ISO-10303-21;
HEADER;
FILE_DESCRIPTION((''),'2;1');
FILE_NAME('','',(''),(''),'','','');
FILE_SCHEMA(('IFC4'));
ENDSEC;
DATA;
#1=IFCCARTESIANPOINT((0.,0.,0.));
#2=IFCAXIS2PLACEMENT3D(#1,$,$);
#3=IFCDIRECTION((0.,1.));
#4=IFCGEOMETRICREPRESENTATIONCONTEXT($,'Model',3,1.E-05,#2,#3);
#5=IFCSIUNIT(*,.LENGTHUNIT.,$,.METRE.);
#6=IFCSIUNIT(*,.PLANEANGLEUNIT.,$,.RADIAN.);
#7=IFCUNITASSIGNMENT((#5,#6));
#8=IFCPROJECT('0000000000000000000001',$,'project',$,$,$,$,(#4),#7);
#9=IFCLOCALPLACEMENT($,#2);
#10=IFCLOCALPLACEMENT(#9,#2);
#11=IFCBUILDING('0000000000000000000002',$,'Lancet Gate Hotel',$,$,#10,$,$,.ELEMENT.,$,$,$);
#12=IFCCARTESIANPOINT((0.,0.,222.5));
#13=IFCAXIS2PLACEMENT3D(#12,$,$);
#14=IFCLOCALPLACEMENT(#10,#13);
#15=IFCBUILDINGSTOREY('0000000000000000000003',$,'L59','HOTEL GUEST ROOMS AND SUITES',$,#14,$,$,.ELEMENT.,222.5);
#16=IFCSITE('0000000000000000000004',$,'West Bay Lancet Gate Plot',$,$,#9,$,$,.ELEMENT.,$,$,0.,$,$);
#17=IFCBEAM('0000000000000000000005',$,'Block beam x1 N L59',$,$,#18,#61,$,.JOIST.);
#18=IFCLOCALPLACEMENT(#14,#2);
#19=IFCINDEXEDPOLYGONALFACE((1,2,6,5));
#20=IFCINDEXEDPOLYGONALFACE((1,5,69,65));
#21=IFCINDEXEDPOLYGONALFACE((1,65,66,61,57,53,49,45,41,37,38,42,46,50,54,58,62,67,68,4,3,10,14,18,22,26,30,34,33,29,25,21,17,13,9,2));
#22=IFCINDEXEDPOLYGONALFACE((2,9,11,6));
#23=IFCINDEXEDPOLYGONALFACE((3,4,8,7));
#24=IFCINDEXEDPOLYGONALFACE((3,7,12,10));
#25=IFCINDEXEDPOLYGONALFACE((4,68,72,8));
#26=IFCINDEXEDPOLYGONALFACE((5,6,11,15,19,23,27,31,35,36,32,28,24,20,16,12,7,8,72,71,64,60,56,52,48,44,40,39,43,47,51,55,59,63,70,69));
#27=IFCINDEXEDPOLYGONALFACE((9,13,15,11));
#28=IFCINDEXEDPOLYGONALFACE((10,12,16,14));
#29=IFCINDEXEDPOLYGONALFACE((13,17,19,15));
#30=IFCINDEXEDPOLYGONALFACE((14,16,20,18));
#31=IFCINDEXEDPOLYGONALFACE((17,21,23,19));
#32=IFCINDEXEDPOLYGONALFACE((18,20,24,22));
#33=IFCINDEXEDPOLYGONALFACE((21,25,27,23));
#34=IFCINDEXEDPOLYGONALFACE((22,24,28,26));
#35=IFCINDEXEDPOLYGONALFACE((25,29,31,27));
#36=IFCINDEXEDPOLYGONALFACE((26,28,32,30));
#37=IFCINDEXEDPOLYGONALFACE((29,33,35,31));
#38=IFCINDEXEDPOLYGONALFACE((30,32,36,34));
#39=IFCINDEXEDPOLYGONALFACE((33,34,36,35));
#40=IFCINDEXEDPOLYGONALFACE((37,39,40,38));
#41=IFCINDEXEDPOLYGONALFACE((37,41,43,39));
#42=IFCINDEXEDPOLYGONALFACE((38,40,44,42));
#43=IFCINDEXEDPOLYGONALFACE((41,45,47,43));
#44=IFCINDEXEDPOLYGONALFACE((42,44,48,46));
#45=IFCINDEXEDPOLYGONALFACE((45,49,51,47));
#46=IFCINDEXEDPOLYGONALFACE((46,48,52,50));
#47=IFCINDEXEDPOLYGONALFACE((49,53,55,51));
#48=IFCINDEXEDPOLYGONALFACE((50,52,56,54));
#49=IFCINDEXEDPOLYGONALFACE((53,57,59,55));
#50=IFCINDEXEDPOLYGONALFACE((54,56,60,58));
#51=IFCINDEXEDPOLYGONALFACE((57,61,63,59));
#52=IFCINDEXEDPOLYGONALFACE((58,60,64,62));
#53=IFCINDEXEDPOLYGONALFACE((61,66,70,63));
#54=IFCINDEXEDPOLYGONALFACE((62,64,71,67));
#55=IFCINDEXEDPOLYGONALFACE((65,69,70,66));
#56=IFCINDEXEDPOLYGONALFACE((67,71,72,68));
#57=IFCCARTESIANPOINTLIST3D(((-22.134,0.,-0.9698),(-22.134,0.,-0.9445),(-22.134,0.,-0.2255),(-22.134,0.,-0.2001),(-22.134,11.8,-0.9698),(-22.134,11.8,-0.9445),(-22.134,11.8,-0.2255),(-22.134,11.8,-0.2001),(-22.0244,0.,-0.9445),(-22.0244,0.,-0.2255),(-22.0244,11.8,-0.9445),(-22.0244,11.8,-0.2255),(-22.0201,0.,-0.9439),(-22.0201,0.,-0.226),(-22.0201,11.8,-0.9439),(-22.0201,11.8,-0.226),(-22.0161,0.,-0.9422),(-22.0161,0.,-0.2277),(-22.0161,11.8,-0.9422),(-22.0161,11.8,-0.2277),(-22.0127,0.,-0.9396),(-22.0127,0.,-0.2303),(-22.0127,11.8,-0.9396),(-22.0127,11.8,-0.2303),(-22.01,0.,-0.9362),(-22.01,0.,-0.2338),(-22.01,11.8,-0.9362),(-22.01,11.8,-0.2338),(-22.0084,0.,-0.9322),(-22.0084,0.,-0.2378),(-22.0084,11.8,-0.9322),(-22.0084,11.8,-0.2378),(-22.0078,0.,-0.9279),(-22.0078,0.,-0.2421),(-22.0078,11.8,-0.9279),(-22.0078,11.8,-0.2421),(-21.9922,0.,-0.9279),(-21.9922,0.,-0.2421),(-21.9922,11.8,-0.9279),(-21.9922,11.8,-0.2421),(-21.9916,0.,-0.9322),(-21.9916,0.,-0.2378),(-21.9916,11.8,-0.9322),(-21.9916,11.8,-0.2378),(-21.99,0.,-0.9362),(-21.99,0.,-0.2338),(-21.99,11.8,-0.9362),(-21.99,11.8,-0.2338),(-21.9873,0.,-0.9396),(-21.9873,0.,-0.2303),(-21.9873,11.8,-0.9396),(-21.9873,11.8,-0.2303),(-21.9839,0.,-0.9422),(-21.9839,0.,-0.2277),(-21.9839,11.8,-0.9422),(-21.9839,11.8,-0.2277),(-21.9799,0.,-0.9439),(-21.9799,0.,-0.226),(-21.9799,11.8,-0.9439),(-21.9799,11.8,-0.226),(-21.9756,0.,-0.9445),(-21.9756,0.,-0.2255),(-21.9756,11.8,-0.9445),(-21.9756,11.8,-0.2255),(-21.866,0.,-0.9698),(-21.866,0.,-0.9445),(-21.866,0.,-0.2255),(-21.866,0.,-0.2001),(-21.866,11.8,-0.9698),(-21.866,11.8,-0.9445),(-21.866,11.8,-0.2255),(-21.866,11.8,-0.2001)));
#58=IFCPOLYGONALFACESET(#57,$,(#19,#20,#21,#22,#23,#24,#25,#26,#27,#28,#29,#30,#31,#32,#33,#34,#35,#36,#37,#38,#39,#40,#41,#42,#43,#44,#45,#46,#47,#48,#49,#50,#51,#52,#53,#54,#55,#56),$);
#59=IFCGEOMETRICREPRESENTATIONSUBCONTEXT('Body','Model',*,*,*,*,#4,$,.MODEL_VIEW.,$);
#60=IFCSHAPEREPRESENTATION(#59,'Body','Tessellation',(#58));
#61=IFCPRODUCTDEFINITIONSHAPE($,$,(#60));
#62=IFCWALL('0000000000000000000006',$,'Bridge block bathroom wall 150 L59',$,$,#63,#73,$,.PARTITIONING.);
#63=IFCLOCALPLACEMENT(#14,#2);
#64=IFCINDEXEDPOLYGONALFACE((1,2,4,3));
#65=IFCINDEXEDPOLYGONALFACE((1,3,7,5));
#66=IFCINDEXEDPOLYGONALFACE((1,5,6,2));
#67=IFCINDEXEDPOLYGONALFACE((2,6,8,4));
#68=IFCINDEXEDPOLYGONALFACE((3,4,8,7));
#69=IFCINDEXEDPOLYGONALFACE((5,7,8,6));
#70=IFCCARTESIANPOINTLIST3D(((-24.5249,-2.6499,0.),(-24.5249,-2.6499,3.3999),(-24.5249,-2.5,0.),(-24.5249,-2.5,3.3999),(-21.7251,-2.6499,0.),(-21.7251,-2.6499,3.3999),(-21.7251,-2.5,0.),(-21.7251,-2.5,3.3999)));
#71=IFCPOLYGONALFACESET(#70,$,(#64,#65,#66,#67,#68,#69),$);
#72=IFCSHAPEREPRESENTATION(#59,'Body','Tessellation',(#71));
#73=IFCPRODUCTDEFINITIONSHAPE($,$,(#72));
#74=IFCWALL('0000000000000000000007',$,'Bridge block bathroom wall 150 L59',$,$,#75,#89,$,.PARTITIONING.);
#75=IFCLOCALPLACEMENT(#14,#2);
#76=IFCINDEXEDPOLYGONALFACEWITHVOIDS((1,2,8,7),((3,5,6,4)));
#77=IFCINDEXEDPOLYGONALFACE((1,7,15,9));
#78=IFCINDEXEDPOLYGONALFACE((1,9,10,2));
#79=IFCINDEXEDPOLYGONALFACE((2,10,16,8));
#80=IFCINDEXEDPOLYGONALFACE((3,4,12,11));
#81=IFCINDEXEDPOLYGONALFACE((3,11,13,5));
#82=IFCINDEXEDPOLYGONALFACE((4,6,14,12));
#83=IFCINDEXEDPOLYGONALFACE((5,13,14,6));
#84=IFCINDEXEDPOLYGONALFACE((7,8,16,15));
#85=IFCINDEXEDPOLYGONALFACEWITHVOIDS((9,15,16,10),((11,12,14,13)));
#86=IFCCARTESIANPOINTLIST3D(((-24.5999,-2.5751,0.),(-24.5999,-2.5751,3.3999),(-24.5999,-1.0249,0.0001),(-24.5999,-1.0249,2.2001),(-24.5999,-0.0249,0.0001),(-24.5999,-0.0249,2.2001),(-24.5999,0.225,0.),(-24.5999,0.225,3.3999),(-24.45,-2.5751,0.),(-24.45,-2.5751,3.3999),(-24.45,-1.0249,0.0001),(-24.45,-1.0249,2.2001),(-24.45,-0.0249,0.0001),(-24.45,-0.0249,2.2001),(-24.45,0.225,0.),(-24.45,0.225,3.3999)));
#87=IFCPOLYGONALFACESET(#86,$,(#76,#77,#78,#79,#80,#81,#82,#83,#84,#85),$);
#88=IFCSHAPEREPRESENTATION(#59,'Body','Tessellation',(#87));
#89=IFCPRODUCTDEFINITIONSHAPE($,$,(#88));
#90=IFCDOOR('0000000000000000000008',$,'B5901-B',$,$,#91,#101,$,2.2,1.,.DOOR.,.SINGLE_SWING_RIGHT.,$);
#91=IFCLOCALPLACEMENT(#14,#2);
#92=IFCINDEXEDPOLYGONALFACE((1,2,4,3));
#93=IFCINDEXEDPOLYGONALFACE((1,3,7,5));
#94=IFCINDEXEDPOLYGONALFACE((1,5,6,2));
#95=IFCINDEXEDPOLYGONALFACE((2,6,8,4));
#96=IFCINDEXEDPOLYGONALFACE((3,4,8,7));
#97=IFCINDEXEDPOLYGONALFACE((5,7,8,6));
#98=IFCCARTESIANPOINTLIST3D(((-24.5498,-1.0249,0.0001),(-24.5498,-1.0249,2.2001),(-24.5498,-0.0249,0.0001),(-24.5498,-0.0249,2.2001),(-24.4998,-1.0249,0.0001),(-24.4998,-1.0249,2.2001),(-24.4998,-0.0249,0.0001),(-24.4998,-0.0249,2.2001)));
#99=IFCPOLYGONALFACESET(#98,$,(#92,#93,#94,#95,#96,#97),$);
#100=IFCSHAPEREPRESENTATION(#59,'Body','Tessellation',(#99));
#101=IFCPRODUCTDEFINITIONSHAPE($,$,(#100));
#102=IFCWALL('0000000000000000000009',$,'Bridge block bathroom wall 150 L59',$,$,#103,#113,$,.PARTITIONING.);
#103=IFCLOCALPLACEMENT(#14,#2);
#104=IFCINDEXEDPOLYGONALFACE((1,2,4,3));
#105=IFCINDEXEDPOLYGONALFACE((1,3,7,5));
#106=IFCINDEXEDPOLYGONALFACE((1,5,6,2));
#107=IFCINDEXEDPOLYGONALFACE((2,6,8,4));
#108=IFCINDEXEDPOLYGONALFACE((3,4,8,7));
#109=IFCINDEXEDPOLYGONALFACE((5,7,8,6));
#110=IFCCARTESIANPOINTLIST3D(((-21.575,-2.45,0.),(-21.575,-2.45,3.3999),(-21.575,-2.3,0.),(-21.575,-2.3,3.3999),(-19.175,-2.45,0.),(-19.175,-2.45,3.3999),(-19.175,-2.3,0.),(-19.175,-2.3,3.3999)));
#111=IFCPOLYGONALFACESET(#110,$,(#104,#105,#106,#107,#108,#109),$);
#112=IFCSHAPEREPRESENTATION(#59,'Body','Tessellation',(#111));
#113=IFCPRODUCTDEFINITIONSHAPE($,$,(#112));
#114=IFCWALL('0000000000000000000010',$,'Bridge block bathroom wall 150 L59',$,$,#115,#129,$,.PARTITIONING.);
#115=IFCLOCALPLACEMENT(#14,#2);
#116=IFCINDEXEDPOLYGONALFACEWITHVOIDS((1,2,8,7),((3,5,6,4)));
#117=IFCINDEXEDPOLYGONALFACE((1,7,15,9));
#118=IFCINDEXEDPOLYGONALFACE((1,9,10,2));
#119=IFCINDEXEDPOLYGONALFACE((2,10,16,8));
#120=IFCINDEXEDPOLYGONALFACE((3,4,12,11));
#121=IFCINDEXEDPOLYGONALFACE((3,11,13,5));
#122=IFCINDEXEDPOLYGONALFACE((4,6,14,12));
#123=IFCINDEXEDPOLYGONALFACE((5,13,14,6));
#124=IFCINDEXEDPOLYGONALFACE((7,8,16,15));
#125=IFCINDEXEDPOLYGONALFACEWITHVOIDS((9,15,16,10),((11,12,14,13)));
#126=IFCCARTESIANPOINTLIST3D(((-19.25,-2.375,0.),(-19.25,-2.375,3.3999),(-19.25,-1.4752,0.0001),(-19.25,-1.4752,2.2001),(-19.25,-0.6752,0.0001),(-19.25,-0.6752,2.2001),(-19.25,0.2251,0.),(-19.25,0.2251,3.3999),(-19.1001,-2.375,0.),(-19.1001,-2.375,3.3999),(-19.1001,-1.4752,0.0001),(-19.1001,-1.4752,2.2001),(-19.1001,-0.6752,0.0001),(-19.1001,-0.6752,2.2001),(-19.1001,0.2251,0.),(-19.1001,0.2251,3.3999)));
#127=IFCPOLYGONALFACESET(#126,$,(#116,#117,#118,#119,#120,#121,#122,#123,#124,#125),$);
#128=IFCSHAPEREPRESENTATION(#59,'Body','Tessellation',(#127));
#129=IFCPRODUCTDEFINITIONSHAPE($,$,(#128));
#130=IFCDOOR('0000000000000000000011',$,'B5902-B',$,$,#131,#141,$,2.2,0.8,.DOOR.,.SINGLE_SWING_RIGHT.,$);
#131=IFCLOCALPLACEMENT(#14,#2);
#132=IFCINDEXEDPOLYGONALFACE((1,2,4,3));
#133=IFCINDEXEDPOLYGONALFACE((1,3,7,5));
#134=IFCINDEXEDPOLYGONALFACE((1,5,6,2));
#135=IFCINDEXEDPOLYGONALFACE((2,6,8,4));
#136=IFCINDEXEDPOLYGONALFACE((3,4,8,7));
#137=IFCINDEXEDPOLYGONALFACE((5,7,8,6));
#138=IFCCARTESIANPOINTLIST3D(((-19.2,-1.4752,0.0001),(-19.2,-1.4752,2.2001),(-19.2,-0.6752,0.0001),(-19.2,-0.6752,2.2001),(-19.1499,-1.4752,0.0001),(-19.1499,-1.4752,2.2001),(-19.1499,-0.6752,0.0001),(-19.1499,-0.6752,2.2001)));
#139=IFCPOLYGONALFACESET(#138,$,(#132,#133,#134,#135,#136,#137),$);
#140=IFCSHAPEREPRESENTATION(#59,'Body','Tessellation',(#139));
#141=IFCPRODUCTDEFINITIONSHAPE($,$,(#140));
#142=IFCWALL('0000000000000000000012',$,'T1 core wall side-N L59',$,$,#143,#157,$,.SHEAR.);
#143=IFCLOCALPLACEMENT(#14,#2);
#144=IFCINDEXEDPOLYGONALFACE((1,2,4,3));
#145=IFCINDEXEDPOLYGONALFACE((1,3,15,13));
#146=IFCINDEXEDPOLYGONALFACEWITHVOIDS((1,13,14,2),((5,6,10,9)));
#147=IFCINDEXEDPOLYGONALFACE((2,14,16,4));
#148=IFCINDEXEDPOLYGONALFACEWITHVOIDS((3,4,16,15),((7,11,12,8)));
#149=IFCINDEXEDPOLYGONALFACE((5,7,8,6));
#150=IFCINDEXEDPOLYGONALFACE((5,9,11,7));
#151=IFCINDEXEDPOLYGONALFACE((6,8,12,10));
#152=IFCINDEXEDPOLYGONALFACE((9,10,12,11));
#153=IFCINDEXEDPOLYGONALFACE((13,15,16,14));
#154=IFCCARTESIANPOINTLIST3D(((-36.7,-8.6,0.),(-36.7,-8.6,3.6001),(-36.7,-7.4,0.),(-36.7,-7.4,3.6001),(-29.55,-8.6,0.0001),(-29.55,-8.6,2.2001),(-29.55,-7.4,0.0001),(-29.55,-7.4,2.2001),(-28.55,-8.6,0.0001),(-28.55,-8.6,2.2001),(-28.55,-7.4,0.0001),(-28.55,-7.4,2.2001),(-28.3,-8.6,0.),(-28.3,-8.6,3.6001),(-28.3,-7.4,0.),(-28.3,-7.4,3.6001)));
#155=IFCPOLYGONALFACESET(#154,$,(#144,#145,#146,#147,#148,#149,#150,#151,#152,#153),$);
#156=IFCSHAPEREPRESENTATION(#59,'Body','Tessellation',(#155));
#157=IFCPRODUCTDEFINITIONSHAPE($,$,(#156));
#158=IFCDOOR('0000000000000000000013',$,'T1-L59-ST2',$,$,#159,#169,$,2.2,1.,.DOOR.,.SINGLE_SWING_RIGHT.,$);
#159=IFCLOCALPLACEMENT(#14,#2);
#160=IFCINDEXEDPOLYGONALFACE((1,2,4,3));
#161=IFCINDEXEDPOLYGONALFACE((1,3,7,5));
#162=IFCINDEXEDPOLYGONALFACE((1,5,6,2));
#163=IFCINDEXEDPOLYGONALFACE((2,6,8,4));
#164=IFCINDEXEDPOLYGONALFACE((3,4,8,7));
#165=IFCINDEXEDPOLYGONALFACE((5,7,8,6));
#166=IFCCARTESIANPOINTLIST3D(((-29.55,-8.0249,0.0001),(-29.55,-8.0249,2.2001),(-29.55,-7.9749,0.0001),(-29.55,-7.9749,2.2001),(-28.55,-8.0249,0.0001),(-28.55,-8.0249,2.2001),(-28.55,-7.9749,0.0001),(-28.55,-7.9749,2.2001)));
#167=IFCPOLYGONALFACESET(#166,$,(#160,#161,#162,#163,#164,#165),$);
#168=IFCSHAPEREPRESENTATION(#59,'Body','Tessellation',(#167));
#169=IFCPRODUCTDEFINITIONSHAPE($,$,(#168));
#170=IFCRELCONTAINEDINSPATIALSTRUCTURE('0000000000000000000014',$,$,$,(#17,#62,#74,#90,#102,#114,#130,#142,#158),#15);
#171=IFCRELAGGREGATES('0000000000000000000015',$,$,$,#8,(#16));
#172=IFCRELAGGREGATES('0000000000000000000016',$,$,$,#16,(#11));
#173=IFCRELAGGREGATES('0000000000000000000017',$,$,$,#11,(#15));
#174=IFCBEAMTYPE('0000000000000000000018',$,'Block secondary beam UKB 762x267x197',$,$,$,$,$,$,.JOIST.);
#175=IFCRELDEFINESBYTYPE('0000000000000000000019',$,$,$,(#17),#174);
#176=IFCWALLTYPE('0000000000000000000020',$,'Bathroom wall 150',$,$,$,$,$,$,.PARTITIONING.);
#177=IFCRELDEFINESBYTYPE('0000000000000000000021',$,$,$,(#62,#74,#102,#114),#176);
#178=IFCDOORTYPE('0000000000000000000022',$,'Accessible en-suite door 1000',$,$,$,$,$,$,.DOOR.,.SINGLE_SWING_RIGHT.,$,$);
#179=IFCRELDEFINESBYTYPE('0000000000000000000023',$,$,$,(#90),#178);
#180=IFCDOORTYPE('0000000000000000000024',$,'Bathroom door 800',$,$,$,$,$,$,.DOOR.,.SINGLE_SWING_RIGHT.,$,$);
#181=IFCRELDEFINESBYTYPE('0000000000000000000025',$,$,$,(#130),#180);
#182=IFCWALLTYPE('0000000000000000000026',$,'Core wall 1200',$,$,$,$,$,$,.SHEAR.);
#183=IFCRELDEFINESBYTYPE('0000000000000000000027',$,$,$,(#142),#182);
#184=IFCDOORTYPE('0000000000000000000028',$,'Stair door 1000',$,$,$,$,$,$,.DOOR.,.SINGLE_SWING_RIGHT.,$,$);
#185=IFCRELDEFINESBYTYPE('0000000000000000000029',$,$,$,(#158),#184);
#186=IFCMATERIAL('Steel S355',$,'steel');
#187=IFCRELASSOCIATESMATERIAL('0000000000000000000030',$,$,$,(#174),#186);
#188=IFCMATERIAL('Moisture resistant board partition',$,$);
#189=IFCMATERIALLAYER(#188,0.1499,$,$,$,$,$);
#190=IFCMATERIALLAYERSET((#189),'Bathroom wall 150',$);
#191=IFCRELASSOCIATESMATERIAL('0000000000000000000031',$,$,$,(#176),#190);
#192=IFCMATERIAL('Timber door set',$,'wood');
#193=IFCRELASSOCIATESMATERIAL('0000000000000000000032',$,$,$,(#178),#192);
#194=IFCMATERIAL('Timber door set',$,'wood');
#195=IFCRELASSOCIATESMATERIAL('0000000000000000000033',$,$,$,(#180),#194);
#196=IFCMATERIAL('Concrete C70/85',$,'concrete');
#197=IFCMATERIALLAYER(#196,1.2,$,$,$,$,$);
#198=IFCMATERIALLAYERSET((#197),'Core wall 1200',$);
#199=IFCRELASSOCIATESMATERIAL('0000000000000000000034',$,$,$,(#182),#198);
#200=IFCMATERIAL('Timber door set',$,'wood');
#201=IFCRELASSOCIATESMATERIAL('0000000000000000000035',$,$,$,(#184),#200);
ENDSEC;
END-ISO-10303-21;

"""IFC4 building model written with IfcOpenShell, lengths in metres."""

from ifc_helpers import new_model, si_unit, direction, frame, frame_2d, origin, origin_2d, place, context, subcontext, project, spatial, rectangle, i_section, extrude, material, layer, layer_set, material_profile, profile_set, type_object, element, fill, save


model = new_model("IFC4")

# Units and contexts
model_context = context("Model", 3, precision=1e-05, world=origin(), true_north=direction((0.0, 1.0)))
body_context = subcontext(model_context, "Body", "Model", "MODEL_VIEW")
ifc_project = project(units=[si_unit("LENGTHUNIT", "METRE"), si_unit("PLANEANGLEUNIT", "RADIAN")], contexts=[model_context])

# Site, building, storey
site_placement = place(None, origin())
site = spatial("IfcSite", under=ifc_project, at=site_placement, Name="West Bay Lancet Gate Plot", CompositionType="ELEMENT", RefElevation=0.0)
building_placement = place(site_placement, origin())
building = spatial("IfcBuilding", under=site, at=building_placement, Name="Lancet Gate Hotel", CompositionType="ELEMENT")
storey_placement = place(building_placement, frame((0.0, 0.0, 222.5)))
storey = spatial("IfcBuildingStorey", under=building, at=storey_placement, Name="L59", Description="HOTEL GUEST ROOMS AND SUITES", CompositionType="ELEMENT", Elevation=222.5)

# Beam
ifc_material_1 = material(Name="Steel S355", Category="steel")
ifc_material_profile_1 = material_profile(ifc_material_1, i_section(OverallWidth=0.2681, OverallDepth=0.7698, WebThickness=0.0156, FlangeThickness=0.0254, FilletRadius=0.0166, at=origin_2d()), Name="UKB 762x267x197")
ifc_profile_set_1 = profile_set([ifc_material_profile_1], Name="Steel S355")
beam_type_1 = type_object("IfcBeamType", Name="Block secondary beam UKB 762x267x197", PredefinedType="JOIST", material=ifc_profile_set_1)
beam_1_placement = place(storey_placement, frame((-22.0, 0.0, -0.585), z_axis=(0.0, 1.0, 0.0), x_axis=(-1.0, 0.0, 0.0)))
element("IfcBeam", 1, at=beam_1_placement, inside=storey, type_object=beam_type_1, Name="Block beam x1 N L59", PredefinedType="JOIST", context=body_context, shape_type="SweptSolid", body=[
    extrude(i_section(OverallWidth=0.2681, OverallDepth=0.7698, WebThickness=0.0156, FlangeThickness=0.0254, FilletRadius=0.0166, at=origin_2d()), origin(), (0.0, 0.0, 1.0), 11.8),
])

# Wall
ifc_material_2 = material(Name="Moisture resistant board partition")
ifc_layer_1 = layer(ifc_material_2, 0.1499)
ifc_layer_set_1 = layer_set([ifc_layer_1], Name="Bathroom wall 150")
wall_type_1 = type_object("IfcWallType", Name="Bathroom wall 150", PredefinedType="PARTITIONING", material=ifc_layer_set_1)
wall_1_placement = place(storey_placement, frame((-24.5249, -2.575, 0.0), z_axis=(0.0, 0.0, 1.0), x_axis=(1.0, 0.0, 0.0)))
element("IfcWall", 2, at=wall_1_placement, inside=storey, type_object=wall_type_1, Name="Bridge block bathroom wall 150 L59", PredefinedType="PARTITIONING", context=body_context, shape_type="SweptSolid", body=[
    extrude(rectangle(XDim=2.7998, YDim=0.1499, at=frame_2d((1.3999, 0.0))), origin(), (0.0, 0.0, 1.0), 3.3999),
])

# Wall, opening, door
wall_2_placement = place(storey_placement, frame((-24.5249, -2.575, 0.0), z_axis=(0.0, 0.0, 1.0), x_axis=(0.0, 1.0, 0.0)))
wall_2 = element("IfcWall", 3, at=wall_2_placement, inside=storey, type_object=wall_type_1, Name="Bridge block bathroom wall 150 L59", PredefinedType="PARTITIONING", context=body_context, shape_type="SweptSolid", body=[
    extrude(rectangle(XDim=2.8, YDim=0.1499, at=frame_2d((1.3999, 0.0))), origin(), (0.0, 0.0, 1.0), 3.3999),
])
opening_1_placement = place(wall_2_placement, frame((1.55, 0.0, 0.0)))
opening_1 = element("IfcOpeningElement", 4, at=opening_1_placement, cuts=wall_2, PredefinedType="OPENING", context=body_context, shape_type="SweptSolid", body=[
    extrude(rectangle(XDim=1.0, YDim=2.2, at=frame_2d((0.5, 1.1001))), frame((0.0, 0.085, 0.0), z_axis=(0.0, -1.0, 0.0), x_axis=(1.0, 0.0, 0.0)), (0.0, 0.0, 1.0), 0.1699),
])
ifc_material_3 = material(Name="Timber door set", Category="wood")
door_type_1 = type_object("IfcDoorType", Name="Accessible en-suite door 1000", OperationType="SINGLE_SWING_RIGHT", PredefinedType="DOOR", material=ifc_material_3)
door_1_placement = place(opening_1_placement, origin())
door_1 = element("IfcDoor", 5, at=door_1_placement, inside=storey, type_object=door_type_1, Name="B5901-B", OperationType="SINGLE_SWING_RIGHT", OverallHeight=2.2, OverallWidth=1.0, PredefinedType="DOOR", context=body_context, shape_type="SweptSolid", body=[
    extrude(rectangle(XDim=1.0, YDim=2.2, at=frame_2d((0.5, 1.1001))), frame((0.0, 0.0249, 0.0), z_axis=(0.0, -1.0, 0.0), x_axis=(1.0, 0.0, 0.0)), (0.0, 0.0, 1.0), 0.05),
])
fill(opening_1, door_1)

# Wall
wall_3_placement = place(storey_placement, frame((-21.575, -2.375, 0.0), z_axis=(0.0, 0.0, 1.0), x_axis=(1.0, 0.0, 0.0)))
element("IfcWall", 6, at=wall_3_placement, inside=storey, type_object=wall_type_1, Name="Bridge block bathroom wall 150 L59", PredefinedType="PARTITIONING", context=body_context, shape_type="SweptSolid", body=[
    extrude(rectangle(XDim=2.3999, YDim=0.1499, at=frame_2d((1.2, 0.0))), origin(), (0.0, 0.0, 1.0), 3.3999),
])

# Walls, openings, doors
wall_4_placement = place(storey_placement, frame((-19.175, -2.375, 0.0), z_axis=(0.0, 0.0, 1.0), x_axis=(0.0, 1.0, 0.0)))
wall_4 = element("IfcWall", 7, at=wall_4_placement, inside=storey, type_object=wall_type_1, Name="Bridge block bathroom wall 150 L59", PredefinedType="PARTITIONING", context=body_context, shape_type="SweptSolid", body=[
    extrude(rectangle(XDim=2.6001, YDim=0.1499, at=frame_2d((1.3, 0.0))), origin(), (0.0, 0.0, 1.0), 3.3999),
])
opening_2_placement = place(wall_4_placement, frame((0.8999, 0.0, 0.0)))
opening_2 = element("IfcOpeningElement", 8, at=opening_2_placement, cuts=wall_4, PredefinedType="OPENING", context=body_context, shape_type="SweptSolid", body=[
    extrude(rectangle(XDim=0.8, YDim=2.2, at=frame_2d((0.3999, 1.1001))), frame((0.0, 0.085, 0.0), z_axis=(0.0, -1.0, 0.0), x_axis=(1.0, 0.0, 0.0)), (0.0, 0.0, 1.0), 0.1699),
])
ifc_material_4 = material(Name="Timber door set", Category="wood")
door_type_2 = type_object("IfcDoorType", Name="Bathroom door 800", OperationType="SINGLE_SWING_RIGHT", PredefinedType="DOOR", material=ifc_material_4)
door_2_placement = place(opening_2_placement, origin())
door_2 = element("IfcDoor", 9, at=door_2_placement, inside=storey, type_object=door_type_2, Name="B5902-B", OperationType="SINGLE_SWING_RIGHT", OverallHeight=2.2, OverallWidth=0.8, PredefinedType="DOOR", context=body_context, shape_type="SweptSolid", body=[
    extrude(rectangle(XDim=0.8, YDim=2.2, at=frame_2d((0.3999, 1.1001))), frame((0.0, 0.0249, 0.0), z_axis=(0.0, -1.0, 0.0), x_axis=(1.0, 0.0, 0.0)), (0.0, 0.0, 1.0), 0.05),
])
fill(opening_2, door_2)
ifc_material_5 = material(Name="Concrete C70/85", Category="concrete")
ifc_layer_2 = layer(ifc_material_5, 1.2)
ifc_layer_set_2 = layer_set([ifc_layer_2], Name="Core wall 1200")
wall_type_2 = type_object("IfcWallType", Name="Core wall 1200", PredefinedType="SHEAR", material=ifc_layer_set_2)
wall_5_placement = place(storey_placement, frame((-28.3, -8.0, 0.0), z_axis=(0.0, 0.0, 1.0), x_axis=(-1.0, 0.0, 0.0)))
wall_5 = element("IfcWall", 10, at=wall_5_placement, inside=storey, type_object=wall_type_2, Name="T1 core wall side-N L59", PredefinedType="SHEAR", context=body_context, shape_type="SweptSolid", body=[
    extrude(rectangle(XDim=8.3999, YDim=1.2, at=frame_2d((4.2, 0.0))), origin(), (0.0, 0.0, 1.0), 3.6001),
])
opening_3_placement = place(wall_5_placement, frame((0.25, 0.0, 0.0)))
opening_3 = element("IfcOpeningElement", 11, at=opening_3_placement, cuts=wall_5, PredefinedType="OPENING", context=body_context, shape_type="SweptSolid", body=[
    extrude(rectangle(XDim=1.0, YDim=2.2, at=frame_2d((0.5, 1.1001))), frame((0.0, 0.6099, 0.0), z_axis=(0.0, -1.0, 0.0), x_axis=(1.0, 0.0, 0.0)), (0.0, 0.0, 1.0), 1.22),
])
ifc_material_6 = material(Name="Timber door set", Category="wood")
door_type_3 = type_object("IfcDoorType", Name="Stair door 1000", OperationType="SINGLE_SWING_RIGHT", PredefinedType="DOOR", material=ifc_material_6)
door_3_placement = place(opening_3_placement, origin())
door_3 = element("IfcDoor", 12, at=door_3_placement, inside=storey, type_object=door_type_3, Name="T1-L59-ST2", OperationType="SINGLE_SWING_RIGHT", OverallHeight=2.2, OverallWidth=1.0, PredefinedType="DOOR", context=body_context, shape_type="SweptSolid", body=[
    extrude(rectangle(XDim=1.0, YDim=2.2, at=frame_2d((0.5, 1.1001))), frame((0.0, 0.0249, 0.0), z_axis=(0.0, -1.0, 0.0), x_axis=(1.0, 0.0, 0.0)), (0.0, 0.0, 1.0), 0.05),
])
fill(opening_3, door_3)

save(model, "model.ifc")
